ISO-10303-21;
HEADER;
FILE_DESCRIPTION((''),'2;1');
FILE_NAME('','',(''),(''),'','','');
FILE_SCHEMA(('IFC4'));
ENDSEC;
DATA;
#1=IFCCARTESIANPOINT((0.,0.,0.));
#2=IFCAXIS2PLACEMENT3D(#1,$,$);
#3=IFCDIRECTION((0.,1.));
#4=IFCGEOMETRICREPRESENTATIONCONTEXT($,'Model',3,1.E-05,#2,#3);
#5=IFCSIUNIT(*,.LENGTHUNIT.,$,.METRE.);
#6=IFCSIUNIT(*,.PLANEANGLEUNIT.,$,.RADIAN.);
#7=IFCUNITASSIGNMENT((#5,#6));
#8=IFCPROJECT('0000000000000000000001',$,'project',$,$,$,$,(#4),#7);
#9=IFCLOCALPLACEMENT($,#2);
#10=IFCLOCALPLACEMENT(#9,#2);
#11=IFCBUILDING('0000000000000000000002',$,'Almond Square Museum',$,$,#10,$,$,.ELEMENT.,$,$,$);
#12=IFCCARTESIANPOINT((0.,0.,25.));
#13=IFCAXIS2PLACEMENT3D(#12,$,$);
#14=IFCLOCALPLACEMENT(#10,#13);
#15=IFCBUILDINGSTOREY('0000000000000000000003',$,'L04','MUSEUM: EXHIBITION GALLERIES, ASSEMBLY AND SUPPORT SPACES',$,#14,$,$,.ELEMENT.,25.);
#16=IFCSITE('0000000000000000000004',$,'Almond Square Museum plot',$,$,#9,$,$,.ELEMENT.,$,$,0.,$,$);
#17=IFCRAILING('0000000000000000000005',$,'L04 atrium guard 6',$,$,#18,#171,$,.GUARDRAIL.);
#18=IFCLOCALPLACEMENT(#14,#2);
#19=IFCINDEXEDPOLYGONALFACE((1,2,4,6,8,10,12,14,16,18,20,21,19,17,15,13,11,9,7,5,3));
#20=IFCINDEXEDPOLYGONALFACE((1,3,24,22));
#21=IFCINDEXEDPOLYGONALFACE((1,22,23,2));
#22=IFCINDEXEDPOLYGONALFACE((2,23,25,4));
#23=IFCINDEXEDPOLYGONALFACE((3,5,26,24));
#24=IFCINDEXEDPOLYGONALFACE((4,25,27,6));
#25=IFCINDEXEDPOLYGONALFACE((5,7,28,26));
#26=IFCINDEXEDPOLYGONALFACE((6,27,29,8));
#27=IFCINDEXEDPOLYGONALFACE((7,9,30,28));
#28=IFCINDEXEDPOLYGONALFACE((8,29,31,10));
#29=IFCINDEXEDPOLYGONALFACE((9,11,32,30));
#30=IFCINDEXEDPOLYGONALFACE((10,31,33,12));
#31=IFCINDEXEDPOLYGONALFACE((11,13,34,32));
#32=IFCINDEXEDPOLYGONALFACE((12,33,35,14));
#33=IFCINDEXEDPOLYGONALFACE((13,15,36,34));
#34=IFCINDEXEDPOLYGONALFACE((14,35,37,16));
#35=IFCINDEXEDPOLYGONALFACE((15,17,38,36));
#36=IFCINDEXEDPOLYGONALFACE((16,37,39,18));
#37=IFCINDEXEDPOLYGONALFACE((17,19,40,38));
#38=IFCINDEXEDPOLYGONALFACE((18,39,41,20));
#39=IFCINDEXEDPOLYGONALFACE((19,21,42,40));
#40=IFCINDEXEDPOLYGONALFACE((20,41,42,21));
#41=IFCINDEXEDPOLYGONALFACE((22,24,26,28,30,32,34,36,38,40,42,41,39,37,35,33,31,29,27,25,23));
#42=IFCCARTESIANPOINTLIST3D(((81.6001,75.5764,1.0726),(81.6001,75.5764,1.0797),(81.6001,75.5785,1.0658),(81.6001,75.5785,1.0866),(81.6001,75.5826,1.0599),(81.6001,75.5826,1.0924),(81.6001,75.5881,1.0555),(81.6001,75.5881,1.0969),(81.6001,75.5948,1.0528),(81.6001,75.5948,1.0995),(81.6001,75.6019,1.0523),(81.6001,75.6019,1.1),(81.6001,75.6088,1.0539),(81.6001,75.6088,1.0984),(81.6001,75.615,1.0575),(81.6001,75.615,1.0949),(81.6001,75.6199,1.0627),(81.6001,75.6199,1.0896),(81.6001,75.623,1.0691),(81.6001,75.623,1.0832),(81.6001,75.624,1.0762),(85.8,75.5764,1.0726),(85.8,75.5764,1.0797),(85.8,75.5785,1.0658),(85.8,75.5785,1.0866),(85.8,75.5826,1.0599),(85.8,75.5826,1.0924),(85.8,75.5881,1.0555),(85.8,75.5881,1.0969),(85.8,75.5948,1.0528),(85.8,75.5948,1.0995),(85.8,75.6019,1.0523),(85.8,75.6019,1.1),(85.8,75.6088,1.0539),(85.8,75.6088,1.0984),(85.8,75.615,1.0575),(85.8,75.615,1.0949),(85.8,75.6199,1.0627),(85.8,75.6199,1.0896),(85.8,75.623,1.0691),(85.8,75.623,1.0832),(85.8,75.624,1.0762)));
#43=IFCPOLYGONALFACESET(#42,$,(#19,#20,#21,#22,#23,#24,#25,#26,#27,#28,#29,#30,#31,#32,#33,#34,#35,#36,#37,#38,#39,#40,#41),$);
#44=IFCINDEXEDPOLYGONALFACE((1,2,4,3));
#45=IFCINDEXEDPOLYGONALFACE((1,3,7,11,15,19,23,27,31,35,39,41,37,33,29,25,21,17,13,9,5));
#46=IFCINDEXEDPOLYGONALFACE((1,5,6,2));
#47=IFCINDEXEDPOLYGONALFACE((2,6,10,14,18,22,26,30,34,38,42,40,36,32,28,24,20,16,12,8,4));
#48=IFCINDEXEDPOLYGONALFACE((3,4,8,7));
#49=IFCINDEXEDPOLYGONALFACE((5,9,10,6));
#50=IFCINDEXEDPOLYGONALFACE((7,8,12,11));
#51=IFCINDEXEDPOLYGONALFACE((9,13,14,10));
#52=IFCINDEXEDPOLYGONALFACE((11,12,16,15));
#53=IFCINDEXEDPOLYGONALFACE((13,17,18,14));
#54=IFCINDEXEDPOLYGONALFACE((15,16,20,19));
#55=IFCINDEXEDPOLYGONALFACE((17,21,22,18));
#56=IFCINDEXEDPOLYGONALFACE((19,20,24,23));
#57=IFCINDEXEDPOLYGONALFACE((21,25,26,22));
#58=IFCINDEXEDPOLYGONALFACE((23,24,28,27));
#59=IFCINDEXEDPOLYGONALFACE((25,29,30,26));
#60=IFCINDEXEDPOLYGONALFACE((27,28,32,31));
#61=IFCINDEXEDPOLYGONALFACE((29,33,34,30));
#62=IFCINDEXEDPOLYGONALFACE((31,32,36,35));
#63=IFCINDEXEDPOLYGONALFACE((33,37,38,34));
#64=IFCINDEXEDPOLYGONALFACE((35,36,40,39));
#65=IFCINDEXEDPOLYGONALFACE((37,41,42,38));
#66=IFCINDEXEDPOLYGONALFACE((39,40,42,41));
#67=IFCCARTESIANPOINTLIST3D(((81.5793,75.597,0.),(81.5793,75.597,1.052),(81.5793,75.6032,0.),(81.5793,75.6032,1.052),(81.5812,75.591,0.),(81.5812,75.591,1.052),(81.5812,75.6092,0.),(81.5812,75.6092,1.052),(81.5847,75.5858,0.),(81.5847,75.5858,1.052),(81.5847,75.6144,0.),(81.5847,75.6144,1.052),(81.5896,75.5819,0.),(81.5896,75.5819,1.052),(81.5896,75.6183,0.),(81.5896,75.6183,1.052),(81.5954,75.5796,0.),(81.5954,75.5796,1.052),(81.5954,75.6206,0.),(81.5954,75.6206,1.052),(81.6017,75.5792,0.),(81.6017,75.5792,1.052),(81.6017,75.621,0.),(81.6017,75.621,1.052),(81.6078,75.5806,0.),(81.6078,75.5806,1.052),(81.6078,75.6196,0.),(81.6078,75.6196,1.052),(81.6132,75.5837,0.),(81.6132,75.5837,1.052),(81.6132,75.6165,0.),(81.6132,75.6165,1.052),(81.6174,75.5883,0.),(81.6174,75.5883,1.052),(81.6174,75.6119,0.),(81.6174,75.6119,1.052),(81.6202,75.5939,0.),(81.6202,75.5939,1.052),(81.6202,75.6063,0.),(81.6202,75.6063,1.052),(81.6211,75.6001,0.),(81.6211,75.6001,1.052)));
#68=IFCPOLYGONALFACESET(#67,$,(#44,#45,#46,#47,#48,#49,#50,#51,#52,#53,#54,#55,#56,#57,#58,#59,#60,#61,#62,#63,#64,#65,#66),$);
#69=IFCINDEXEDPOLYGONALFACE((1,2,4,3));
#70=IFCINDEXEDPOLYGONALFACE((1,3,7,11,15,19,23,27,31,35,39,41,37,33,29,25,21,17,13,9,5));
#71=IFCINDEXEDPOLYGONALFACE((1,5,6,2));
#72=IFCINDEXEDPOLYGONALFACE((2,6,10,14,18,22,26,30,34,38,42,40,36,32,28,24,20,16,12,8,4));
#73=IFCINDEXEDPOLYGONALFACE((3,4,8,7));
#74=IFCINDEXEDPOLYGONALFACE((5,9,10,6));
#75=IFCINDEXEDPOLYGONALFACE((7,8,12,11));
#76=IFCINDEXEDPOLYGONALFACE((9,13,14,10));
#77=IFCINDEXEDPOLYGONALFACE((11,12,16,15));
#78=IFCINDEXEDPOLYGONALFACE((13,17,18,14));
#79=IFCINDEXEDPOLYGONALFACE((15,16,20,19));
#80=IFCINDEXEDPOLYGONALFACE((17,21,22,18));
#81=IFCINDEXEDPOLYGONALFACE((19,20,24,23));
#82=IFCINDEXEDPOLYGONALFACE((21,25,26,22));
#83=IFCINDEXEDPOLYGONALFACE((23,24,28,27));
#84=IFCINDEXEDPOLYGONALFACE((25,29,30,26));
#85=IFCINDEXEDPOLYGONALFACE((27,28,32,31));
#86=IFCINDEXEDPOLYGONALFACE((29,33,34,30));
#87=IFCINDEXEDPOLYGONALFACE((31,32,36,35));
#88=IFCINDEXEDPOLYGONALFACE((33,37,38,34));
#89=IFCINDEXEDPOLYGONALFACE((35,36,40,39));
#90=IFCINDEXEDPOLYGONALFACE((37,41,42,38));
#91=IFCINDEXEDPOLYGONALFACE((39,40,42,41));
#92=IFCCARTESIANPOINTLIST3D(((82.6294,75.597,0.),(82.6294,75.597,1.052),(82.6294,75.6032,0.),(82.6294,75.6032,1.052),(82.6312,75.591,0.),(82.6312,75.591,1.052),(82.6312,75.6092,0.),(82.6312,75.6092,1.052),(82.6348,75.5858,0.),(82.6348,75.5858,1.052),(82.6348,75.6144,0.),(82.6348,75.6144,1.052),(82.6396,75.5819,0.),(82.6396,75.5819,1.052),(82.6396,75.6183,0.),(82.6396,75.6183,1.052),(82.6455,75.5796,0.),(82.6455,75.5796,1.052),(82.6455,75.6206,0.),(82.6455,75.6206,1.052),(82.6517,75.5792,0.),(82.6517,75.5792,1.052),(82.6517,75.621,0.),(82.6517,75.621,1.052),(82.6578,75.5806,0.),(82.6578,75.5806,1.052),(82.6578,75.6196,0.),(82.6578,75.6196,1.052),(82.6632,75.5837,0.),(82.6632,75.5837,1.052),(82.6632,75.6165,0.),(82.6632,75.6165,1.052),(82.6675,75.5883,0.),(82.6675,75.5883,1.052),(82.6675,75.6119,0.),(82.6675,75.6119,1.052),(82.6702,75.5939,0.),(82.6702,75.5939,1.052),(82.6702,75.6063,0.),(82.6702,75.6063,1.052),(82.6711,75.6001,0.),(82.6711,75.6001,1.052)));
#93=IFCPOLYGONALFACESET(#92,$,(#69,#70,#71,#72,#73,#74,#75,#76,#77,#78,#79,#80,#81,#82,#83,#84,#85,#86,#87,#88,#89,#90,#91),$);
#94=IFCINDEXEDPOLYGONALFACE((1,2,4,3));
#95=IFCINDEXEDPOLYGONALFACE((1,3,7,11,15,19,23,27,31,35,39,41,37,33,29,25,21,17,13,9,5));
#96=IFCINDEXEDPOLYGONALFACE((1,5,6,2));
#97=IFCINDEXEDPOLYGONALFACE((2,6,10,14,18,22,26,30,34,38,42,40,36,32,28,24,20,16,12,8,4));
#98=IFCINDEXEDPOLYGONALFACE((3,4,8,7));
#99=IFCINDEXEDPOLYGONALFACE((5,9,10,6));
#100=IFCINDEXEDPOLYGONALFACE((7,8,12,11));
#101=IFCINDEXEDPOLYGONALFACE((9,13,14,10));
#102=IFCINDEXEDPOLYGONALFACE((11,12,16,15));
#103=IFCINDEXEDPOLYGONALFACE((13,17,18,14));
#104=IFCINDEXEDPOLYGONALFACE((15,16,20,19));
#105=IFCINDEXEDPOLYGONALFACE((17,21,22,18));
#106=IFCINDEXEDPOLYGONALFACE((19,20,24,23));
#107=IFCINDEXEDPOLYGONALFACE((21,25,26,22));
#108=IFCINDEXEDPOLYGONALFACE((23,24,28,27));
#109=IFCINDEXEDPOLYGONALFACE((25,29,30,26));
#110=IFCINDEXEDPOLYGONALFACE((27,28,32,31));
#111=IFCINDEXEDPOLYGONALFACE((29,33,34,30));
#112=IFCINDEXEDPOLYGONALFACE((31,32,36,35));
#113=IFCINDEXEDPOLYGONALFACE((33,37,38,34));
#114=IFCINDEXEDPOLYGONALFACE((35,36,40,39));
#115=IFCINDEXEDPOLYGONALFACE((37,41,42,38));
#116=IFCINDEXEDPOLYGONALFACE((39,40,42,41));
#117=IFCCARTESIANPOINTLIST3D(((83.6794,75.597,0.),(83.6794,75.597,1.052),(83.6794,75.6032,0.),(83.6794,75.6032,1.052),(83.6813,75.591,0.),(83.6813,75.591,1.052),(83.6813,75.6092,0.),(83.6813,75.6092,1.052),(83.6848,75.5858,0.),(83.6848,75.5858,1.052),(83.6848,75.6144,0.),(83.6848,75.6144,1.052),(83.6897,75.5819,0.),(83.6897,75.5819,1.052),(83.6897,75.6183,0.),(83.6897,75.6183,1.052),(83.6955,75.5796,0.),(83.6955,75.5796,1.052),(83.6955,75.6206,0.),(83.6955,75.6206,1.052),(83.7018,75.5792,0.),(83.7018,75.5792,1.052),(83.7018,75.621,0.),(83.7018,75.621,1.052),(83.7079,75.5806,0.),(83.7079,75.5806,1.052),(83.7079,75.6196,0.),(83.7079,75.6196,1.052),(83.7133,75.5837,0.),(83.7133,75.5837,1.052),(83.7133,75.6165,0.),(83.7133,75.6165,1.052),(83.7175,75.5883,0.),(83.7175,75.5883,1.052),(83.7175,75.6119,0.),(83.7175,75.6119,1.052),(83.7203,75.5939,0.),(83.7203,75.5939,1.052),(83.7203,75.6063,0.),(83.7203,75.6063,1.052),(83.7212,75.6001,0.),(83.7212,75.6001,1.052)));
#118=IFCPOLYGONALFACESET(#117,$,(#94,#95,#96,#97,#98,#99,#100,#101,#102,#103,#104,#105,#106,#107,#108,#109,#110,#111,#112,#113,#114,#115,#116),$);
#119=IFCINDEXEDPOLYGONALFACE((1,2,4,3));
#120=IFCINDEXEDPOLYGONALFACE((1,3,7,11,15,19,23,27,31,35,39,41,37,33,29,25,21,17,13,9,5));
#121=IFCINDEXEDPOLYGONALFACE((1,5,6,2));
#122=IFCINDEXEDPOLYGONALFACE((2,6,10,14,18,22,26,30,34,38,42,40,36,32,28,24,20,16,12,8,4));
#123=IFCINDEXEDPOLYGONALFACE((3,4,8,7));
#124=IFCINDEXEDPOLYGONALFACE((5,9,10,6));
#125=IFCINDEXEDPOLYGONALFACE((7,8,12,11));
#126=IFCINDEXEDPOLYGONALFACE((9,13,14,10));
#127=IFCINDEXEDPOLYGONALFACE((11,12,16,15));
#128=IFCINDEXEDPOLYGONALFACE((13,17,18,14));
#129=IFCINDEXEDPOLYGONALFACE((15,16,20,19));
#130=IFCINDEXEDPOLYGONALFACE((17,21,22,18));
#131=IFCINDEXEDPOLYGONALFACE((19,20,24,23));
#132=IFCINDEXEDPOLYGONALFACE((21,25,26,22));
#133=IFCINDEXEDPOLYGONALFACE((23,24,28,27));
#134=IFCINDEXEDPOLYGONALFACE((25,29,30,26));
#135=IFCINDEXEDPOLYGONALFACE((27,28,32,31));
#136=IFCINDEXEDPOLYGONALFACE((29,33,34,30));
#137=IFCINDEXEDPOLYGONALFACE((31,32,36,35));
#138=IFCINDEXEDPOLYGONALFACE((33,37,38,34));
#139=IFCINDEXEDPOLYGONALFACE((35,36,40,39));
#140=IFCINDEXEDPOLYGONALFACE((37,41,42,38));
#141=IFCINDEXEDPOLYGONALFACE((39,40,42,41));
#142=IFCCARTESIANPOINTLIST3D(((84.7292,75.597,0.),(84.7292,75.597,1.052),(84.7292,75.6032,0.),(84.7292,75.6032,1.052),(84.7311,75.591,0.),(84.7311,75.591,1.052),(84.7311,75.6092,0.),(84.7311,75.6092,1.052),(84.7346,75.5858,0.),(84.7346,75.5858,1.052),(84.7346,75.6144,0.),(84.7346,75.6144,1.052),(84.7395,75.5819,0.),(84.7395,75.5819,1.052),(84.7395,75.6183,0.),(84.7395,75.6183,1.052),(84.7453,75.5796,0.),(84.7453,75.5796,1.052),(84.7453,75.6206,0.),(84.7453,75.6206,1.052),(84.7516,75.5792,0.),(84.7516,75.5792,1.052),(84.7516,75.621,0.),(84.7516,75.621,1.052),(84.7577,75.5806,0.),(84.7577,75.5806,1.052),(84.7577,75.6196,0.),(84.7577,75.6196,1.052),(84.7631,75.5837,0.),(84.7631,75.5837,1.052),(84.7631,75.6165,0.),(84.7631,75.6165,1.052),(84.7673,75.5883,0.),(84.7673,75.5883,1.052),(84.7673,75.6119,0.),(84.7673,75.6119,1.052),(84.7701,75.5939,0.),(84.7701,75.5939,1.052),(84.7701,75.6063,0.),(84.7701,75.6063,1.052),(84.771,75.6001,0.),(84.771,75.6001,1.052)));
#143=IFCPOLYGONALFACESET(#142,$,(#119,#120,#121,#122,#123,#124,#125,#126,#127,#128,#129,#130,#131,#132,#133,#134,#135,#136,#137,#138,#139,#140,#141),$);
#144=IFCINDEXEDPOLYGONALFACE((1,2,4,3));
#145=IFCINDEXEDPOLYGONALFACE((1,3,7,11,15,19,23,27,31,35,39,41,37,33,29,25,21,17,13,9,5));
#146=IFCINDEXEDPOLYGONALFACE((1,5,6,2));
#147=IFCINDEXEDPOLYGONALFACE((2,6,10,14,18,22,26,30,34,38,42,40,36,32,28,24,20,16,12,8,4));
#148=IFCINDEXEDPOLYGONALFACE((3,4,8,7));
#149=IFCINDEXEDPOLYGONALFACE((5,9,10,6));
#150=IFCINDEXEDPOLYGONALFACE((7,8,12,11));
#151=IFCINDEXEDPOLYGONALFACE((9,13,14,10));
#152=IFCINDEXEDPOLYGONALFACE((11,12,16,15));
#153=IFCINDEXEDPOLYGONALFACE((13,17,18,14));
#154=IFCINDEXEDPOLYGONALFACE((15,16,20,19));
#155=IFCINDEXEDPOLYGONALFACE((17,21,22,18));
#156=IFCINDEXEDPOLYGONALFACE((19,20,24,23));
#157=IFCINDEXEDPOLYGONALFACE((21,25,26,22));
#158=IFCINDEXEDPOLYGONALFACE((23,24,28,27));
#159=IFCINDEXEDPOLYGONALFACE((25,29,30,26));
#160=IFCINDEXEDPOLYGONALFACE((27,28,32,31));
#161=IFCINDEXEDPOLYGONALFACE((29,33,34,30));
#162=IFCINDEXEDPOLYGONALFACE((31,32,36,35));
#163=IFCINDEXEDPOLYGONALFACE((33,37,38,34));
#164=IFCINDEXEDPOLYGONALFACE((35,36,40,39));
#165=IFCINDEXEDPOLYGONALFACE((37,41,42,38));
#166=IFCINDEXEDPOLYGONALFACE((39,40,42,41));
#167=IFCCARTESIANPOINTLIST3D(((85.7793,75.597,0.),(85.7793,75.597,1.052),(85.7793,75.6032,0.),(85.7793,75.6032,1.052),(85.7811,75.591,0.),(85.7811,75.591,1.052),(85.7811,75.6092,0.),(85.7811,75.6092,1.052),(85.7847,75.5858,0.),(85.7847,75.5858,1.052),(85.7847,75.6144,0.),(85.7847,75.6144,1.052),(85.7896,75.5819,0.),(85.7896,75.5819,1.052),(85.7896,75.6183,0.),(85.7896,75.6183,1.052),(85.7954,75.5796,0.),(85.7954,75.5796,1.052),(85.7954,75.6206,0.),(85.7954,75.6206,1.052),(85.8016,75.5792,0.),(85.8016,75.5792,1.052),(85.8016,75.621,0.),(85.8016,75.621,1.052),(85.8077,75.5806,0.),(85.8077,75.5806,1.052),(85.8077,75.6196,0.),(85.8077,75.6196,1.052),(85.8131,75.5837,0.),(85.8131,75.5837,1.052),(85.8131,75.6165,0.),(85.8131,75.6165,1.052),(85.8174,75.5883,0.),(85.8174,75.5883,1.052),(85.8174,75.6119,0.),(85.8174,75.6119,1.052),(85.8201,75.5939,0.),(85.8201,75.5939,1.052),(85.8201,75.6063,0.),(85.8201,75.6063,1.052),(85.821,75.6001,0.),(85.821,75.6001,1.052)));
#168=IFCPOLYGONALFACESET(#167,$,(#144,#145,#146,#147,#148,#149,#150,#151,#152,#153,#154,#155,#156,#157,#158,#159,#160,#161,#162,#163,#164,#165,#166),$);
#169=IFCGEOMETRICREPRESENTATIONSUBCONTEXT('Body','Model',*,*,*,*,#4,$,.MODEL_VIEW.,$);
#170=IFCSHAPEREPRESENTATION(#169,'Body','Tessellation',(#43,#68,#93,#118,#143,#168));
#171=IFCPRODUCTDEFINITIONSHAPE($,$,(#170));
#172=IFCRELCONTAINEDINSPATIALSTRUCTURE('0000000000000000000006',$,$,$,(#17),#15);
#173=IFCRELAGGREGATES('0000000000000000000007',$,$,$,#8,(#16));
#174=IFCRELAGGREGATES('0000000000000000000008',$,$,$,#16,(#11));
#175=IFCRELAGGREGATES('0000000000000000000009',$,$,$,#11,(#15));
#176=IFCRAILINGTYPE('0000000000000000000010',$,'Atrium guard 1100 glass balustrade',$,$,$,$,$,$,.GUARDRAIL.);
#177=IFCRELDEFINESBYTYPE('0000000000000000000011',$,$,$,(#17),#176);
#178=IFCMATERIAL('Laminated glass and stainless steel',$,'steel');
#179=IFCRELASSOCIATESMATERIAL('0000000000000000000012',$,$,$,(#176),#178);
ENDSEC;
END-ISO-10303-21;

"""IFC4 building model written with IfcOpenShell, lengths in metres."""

from ifc_helpers import new_model, si_unit, direction, frame, origin, origin_2d, place, context, subcontext, project, spatial, circle, extrude, material, type_object, element, save


model = new_model("IFC4")

# Units and contexts
model_context = context("Model", 3, precision=1e-05, world=origin(), true_north=direction((0.0, 1.0)))
body_context = subcontext(model_context, "Body", "Model", "MODEL_VIEW")
ifc_project = project(units=[si_unit("LENGTHUNIT", "METRE"), si_unit("PLANEANGLEUNIT", "RADIAN")], contexts=[model_context])

# Site, building, storey
site_placement = place(None, origin())
site = spatial("IfcSite", under=ifc_project, at=site_placement, Name="Almond Square Museum plot", CompositionType="ELEMENT", RefElevation=0.0)
building_placement = place(site_placement, origin())
building = spatial("IfcBuilding", under=site, at=building_placement, Name="Almond Square Museum", CompositionType="ELEMENT")
storey_placement = place(building_placement, frame((0.0, 0.0, 25.0)))
storey = spatial("IfcBuildingStorey", under=building, at=storey_placement, Name="L04", Description="MUSEUM: EXHIBITION GALLERIES, ASSEMBLY AND SUPPORT SPACES", CompositionType="ELEMENT", Elevation=25.0)

# Railing
ifc_material_1 = material(Name="Laminated glass and stainless steel", Category="steel")
railing_type_1 = type_object("IfcRailingType", Name="Atrium guard 1100 glass balustrade", PredefinedType="GUARDRAIL", material=ifc_material_1)
railing_1_placement = place(storey_placement, frame((81.6001, 75.6001, 0.0)))
element("IfcRailing", 1, at=railing_1_placement, inside=storey, type_object=railing_type_1, Name="L04 atrium guard 6", PredefinedType="GUARDRAIL", context=body_context, shape_type="SweptSolid", body=[
    extrude(circle(Radius=0.0239, at=origin_2d()), frame((0.0, 0.0, 1.0762), z_axis=(1.0, 0.0, 0.0), x_axis=(0.0, 1.0, 0.0)), (0.0, 0.0, 1.0), 4.2),
    extrude(circle(Radius=0.021, at=origin_2d()), origin(), (0.0, 0.0, 1.0), 1.052),
    extrude(circle(Radius=0.021, at=origin_2d()), frame((1.05, 0.0, 0.0)), (0.0, 0.0, 1.0), 1.052),
    extrude(circle(Radius=0.021, at=origin_2d()), frame((2.1001, 0.0, 0.0)), (0.0, 0.0, 1.0), 1.052),
    extrude(circle(Radius=0.021, at=origin_2d()), frame((3.1499, 0.0, 0.0)), (0.0, 0.0, 1.0), 1.052),
    extrude(circle(Radius=0.021, at=origin_2d()), frame((4.2, 0.0, 0.0)), (0.0, 0.0, 1.0), 1.052),
])

save(model, "model.ifc")
